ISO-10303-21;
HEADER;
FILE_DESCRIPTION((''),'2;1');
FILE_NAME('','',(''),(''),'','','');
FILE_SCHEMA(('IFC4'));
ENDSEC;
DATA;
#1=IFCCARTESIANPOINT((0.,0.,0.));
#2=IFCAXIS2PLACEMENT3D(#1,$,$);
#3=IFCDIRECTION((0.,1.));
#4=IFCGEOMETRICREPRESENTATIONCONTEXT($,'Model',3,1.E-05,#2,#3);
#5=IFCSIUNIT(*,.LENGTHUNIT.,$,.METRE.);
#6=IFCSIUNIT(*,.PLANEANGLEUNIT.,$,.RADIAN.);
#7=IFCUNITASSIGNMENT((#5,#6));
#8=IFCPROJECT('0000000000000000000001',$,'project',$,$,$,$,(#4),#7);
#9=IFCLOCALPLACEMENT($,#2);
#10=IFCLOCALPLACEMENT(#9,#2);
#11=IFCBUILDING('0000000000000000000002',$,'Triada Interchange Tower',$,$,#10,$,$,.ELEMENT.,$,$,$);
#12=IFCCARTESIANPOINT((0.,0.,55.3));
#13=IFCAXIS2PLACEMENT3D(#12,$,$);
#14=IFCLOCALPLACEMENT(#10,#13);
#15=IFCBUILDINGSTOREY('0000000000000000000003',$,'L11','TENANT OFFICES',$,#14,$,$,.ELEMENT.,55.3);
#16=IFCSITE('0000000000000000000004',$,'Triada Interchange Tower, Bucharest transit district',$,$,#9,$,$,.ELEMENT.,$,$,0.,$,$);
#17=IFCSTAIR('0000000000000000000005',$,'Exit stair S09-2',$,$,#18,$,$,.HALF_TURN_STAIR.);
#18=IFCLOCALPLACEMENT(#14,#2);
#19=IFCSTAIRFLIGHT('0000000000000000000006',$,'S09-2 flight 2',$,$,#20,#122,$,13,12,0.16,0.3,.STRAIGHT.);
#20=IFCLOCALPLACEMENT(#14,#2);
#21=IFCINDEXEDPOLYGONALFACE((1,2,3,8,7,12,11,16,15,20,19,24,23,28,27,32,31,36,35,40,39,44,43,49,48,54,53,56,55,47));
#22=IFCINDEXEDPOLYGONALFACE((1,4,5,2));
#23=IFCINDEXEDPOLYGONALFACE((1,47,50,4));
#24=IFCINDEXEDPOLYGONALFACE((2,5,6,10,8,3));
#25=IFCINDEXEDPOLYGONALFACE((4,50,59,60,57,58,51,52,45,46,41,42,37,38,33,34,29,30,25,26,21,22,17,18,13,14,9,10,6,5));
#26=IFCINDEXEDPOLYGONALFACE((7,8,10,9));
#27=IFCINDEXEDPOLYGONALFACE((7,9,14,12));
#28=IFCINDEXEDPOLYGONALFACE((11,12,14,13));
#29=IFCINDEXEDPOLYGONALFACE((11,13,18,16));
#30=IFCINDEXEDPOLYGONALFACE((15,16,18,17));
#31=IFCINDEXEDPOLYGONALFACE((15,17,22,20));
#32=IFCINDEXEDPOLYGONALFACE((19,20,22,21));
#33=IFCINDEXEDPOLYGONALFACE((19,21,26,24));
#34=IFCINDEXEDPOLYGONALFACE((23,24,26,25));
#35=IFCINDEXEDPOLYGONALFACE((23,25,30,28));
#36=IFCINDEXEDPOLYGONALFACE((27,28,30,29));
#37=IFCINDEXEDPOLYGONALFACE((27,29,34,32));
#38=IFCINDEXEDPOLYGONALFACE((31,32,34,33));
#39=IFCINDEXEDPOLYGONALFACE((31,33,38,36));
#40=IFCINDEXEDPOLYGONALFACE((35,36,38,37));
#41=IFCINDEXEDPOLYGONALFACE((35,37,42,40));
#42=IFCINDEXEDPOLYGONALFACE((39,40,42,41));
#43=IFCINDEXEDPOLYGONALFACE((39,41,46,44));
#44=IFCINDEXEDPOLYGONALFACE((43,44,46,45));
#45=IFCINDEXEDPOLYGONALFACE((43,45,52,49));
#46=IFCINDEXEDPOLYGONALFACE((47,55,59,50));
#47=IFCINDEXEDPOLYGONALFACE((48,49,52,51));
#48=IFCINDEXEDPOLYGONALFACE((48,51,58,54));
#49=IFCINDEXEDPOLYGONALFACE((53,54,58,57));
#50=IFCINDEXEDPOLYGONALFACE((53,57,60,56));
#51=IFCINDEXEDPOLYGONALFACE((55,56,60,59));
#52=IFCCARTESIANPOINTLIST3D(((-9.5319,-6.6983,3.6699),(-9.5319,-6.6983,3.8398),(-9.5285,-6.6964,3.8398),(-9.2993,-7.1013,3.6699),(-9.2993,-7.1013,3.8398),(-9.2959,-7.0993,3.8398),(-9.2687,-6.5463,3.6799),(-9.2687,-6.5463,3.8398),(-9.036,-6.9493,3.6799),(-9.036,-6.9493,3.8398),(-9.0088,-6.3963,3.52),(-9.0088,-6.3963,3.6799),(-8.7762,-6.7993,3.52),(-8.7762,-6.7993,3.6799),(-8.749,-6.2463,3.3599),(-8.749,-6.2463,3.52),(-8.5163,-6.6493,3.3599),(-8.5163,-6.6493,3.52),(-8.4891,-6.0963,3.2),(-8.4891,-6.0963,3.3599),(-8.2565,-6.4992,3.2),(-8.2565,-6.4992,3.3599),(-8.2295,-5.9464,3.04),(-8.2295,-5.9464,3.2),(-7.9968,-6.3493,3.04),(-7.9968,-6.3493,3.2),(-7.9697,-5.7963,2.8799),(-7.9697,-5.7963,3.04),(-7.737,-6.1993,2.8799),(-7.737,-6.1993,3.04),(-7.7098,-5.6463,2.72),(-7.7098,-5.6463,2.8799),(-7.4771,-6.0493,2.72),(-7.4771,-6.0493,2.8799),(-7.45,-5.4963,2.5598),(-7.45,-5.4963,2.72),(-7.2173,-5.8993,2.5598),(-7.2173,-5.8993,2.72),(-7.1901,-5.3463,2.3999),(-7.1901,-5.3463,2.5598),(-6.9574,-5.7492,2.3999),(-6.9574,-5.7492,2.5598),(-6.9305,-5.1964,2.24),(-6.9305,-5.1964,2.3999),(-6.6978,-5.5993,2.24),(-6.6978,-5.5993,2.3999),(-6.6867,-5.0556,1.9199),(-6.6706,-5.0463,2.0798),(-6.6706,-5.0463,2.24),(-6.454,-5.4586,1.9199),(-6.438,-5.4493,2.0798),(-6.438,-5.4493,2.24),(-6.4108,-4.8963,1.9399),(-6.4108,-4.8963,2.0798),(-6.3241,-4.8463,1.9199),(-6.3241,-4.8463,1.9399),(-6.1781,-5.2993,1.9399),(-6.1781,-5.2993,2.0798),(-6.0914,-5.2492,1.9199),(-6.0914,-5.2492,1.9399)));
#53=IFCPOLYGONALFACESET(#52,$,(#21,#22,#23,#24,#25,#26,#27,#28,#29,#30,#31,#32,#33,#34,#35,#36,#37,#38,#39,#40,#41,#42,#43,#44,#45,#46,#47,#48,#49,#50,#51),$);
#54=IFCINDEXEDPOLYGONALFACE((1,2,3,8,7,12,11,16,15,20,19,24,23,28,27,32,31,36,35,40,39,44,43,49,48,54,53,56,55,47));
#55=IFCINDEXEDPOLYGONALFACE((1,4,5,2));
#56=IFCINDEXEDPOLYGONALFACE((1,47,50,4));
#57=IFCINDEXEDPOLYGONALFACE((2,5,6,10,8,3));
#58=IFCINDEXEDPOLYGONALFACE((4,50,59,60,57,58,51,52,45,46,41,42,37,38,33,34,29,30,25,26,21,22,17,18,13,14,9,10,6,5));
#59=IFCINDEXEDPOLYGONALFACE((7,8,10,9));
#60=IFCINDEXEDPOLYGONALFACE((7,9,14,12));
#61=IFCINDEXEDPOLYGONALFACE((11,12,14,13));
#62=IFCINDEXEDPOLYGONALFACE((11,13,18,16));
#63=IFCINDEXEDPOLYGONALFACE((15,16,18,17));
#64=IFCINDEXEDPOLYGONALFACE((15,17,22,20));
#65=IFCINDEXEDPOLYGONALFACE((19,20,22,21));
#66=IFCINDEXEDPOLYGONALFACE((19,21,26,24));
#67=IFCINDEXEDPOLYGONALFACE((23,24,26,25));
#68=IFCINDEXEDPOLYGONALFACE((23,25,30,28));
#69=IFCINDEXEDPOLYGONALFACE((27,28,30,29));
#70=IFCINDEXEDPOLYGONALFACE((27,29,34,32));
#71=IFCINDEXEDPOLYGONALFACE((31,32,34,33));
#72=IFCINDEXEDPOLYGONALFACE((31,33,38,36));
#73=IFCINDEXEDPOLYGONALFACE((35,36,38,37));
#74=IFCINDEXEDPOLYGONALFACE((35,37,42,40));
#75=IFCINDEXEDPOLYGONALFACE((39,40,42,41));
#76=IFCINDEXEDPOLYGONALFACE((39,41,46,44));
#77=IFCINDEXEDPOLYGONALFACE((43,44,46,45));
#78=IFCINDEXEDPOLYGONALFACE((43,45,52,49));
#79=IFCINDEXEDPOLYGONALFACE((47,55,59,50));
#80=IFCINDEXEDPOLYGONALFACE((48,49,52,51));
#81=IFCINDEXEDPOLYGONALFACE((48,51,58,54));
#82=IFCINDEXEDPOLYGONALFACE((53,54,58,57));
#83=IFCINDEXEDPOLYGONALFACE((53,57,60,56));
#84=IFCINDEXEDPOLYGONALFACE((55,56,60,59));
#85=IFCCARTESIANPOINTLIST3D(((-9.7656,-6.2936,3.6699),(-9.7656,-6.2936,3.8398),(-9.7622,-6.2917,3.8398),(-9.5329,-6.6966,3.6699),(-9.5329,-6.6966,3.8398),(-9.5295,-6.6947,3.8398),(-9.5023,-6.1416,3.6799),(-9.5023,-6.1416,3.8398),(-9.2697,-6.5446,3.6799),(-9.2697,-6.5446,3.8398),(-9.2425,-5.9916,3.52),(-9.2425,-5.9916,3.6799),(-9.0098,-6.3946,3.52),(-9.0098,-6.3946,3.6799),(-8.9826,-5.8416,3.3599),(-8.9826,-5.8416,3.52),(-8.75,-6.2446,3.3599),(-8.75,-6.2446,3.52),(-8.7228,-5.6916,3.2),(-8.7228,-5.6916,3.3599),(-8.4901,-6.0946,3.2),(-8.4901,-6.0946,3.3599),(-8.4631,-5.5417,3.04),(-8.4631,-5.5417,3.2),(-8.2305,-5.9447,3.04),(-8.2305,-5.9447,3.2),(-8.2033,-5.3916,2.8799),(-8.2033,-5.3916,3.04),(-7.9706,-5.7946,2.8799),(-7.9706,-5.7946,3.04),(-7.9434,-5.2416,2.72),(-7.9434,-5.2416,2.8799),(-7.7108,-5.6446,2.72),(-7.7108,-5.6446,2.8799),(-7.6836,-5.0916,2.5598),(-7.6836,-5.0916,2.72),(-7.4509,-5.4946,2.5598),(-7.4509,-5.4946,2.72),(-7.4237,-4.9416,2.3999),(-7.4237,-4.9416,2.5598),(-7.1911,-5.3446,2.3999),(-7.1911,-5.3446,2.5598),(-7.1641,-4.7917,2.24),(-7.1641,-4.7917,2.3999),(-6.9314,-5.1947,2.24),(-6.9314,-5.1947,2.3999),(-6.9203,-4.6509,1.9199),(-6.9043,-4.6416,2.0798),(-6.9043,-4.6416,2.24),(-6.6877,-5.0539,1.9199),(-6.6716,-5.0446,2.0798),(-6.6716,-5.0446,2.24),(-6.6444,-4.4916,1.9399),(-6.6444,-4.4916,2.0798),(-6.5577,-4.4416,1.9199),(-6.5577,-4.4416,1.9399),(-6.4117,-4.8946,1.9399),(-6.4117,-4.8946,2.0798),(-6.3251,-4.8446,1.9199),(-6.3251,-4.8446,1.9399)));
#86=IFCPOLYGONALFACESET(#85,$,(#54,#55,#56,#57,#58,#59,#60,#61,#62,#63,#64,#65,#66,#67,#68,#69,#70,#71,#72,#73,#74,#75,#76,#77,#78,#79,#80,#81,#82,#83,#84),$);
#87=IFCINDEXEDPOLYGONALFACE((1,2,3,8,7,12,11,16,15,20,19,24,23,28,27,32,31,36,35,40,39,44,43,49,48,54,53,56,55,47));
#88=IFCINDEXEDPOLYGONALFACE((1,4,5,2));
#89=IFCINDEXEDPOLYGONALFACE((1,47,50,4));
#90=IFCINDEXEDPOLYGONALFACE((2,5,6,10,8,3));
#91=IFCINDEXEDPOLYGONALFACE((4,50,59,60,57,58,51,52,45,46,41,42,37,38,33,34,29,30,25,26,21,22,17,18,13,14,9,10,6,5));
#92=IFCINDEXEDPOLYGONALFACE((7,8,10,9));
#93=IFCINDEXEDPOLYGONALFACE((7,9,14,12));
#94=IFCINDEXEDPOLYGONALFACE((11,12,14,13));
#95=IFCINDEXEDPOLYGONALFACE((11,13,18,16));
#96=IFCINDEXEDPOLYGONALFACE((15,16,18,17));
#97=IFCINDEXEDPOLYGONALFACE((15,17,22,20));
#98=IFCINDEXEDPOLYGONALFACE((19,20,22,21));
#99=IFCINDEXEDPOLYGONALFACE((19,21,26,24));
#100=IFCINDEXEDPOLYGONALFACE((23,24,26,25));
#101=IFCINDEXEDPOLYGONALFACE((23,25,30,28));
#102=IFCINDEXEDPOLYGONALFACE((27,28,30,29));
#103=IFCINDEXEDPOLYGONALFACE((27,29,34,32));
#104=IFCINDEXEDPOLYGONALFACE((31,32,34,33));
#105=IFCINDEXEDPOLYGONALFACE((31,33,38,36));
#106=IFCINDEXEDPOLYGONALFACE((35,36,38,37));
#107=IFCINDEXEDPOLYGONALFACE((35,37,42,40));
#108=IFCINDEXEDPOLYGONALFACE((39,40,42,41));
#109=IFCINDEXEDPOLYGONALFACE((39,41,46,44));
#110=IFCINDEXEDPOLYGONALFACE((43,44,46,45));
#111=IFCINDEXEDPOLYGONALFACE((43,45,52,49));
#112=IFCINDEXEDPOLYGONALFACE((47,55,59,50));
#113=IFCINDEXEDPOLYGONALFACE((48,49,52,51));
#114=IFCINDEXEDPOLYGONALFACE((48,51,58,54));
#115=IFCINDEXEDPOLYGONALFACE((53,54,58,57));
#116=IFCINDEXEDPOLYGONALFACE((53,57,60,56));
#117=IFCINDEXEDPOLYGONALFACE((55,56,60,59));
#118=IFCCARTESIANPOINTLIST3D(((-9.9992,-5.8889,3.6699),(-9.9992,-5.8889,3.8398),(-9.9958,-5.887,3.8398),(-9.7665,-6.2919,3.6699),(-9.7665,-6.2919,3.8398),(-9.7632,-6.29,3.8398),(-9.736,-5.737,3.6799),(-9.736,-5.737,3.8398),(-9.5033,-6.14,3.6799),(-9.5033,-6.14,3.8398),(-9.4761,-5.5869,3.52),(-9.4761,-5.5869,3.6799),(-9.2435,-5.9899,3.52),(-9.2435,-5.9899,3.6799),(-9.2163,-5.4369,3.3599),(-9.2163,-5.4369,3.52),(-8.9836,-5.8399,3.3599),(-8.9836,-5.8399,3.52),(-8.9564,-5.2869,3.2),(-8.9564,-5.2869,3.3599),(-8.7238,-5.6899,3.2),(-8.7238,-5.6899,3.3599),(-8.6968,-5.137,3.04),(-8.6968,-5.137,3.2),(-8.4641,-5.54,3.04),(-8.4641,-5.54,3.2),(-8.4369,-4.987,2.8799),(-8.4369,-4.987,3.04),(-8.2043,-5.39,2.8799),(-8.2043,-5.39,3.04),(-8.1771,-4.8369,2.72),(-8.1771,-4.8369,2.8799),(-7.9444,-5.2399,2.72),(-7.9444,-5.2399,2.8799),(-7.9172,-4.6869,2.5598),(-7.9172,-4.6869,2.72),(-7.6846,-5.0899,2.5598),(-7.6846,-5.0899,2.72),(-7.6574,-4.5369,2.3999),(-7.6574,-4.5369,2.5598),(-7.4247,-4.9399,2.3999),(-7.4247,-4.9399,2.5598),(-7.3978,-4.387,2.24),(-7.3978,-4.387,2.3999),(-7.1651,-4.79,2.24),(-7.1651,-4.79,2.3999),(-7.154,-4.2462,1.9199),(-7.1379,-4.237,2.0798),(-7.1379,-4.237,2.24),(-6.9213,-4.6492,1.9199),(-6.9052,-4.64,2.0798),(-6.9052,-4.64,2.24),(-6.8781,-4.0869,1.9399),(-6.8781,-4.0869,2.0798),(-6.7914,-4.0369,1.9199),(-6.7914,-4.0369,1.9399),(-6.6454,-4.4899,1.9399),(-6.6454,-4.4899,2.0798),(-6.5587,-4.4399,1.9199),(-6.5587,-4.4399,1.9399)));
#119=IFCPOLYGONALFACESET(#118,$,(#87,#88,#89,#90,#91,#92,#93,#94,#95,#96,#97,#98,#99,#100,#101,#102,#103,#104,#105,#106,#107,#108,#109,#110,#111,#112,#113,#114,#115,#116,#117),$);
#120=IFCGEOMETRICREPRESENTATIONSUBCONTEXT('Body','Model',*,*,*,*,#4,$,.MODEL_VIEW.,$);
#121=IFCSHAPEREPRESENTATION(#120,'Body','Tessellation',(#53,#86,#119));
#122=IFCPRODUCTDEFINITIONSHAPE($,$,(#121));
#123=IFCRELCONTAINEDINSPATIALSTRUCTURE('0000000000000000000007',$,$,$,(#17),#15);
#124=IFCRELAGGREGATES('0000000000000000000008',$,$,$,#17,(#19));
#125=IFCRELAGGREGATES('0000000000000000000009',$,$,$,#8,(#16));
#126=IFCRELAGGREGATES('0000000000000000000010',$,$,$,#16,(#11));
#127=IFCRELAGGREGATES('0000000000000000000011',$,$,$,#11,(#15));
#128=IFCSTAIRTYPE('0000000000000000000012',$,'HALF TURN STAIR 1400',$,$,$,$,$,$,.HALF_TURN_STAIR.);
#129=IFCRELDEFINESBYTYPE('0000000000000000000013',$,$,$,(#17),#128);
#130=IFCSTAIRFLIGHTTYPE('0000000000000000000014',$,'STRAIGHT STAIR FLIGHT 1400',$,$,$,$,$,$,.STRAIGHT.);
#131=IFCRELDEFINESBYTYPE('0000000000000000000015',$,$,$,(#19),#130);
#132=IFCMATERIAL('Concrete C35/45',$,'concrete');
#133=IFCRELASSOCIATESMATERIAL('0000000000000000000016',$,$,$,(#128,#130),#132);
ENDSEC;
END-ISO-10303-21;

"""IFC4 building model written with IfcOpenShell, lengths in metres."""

from ifc_helpers import new_model, si_unit, direction, frame, origin, place, context, subcontext, project, spatial, polyline, outline, extrude, material, type_object, element, aggregate, save


model = new_model("IFC4")

# Units and contexts
model_context = context("Model", 3, precision=1e-05, world=origin(), true_north=direction((0.0, 1.0)))
body_context = subcontext(model_context, "Body", "Model", "MODEL_VIEW")
ifc_project = project(units=[si_unit("LENGTHUNIT", "METRE"), si_unit("PLANEANGLEUNIT", "RADIAN")], contexts=[model_context])

# Site, building, storey
site_placement = place(None, origin())
site = spatial("IfcSite", under=ifc_project, at=site_placement, Name="Triada Interchange Tower, Bucharest transit district", CompositionType="ELEMENT", RefElevation=0.0)
building_placement = place(site_placement, origin())
building = spatial("IfcBuilding", under=site, at=building_placement, Name="Triada Interchange Tower", CompositionType="ELEMENT")
storey_placement = place(building_placement, frame((0.0, 0.0, 55.3)))
storey = spatial("IfcBuildingStorey", under=building, at=storey_placement, Name="L11", Description="TENANT OFFICES", CompositionType="ELEMENT", Elevation=55.3)

# Stair, stair flight
ifc_material_1 = material(Name="Concrete C35/45", Category="concrete")
stair_type = type_object("IfcStairType", Name="HALF TURN STAIR 1400", PredefinedType="HALF_TURN_STAIR", material=ifc_material_1)
stair_placement = place(storey_placement, origin())
stair = element("IfcStair", 1, at=stair_placement, inside=storey, type_object=stair_type, Name="Exit stair S09-2", PredefinedType="HALF_TURN_STAIR")
stair_flight_type = type_object("IfcStairFlightType", Name="STRAIGHT STAIR FLIGHT 1400", PredefinedType="STRAIGHT", material=ifc_material_1)
stair_flight_1_placement = place(storey_placement, frame((-6.5281, -4.6931, 1.9199), z_axis=(0.0, 0.0, 1.0), x_axis=(-0.866025, -0.5, 0.0)))
stair_flight_1 = element("IfcStairFlight", 2, at=stair_flight_1_placement, type_object=stair_flight_type, Name="S09-2 flight 2", NumberOfRisers=13, NumberOfTreads=12, PredefinedType="STRAIGHT", RiserHeight=0.16, TreadLength=0.3, context=body_context, shape_type="SweptSolid", body=[
    extrude(outline(polyline([(-0.1001, 0.0), (-0.1001, 0.02), (0.0, 0.02), (0.0, 0.1599), (0.3, 0.1599), (0.3, 0.3201), (0.6001, 0.3201), (0.6001, 0.48), (0.8999, 0.48), (0.8999, 0.6399), (1.2, 0.6399), (1.2, 0.8), (1.5, 0.8), (1.5, 0.96), (1.8, 0.96), (1.8, 1.1201), (2.1001, 1.1201), (2.1001, 1.28), (2.3999, 1.28), (2.3999, 1.4399), (2.7, 1.4399), (2.7, 1.6001), (3.0, 1.6001), (3.0, 1.76), (3.3, 1.76), (3.3, 1.9199), (3.6001, 1.9199), (3.604, 1.9199), (3.604, 2.0801), (3.604, 1.75), (0.3186, 0.0), (-0.1001, 0.0)])), frame((0.0, 0.7, 0.0), z_axis=(0.0, -1.0, 0.0), x_axis=(1.0, 0.0, 0.0)), (0.0, 0.0, 1.0), 0.4653),
    extrude(outline(polyline([(-0.1001, 0.0), (-0.1001, 0.02), (0.0, 0.02), (0.0, 0.1599), (0.3, 0.1599), (0.3, 0.3201), (0.6001, 0.3201), (0.6001, 0.48), (0.8999, 0.48), (0.8999, 0.6399), (1.2, 0.6399), (1.2, 0.8), (1.5, 0.8), (1.5, 0.96), (1.8, 0.96), (1.8, 1.1201), (2.1001, 1.1201), (2.1001, 1.28), (2.3999, 1.28), (2.3999, 1.4399), (2.7, 1.4399), (2.7, 1.6001), (3.0, 1.6001), (3.0, 1.76), (3.3, 1.76), (3.3, 1.9199), (3.6001, 1.9199), (3.604, 1.9199), (3.604, 2.0801), (3.604, 1.75), (0.3186, 0.0), (-0.1001, 0.0)])), frame((0.0, 0.2327, 0.0), z_axis=(0.0, -1.0, 0.0), x_axis=(1.0, 0.0, 0.0)), (0.0, 0.0, 1.0), 0.4653),
    extrude(outline(polyline([(-0.1001, 0.0), (-0.1001, 0.02), (0.0, 0.02), (0.0, 0.1599), (0.3, 0.1599), (0.3, 0.3201), (0.6001, 0.3201), (0.6001, 0.48), (0.8999, 0.48), (0.8999, 0.6399), (1.2, 0.6399), (1.2, 0.8), (1.5, 0.8), (1.5, 0.96), (1.8, 0.96), (1.8, 1.1201), (2.1001, 1.1201), (2.1001, 1.28), (2.3999, 1.28), (2.3999, 1.4399), (2.7, 1.4399), (2.7, 1.6001), (3.0, 1.6001), (3.0, 1.76), (3.3, 1.76), (3.3, 1.9199), (3.6001, 1.9199), (3.604, 1.9199), (3.604, 2.0801), (3.604, 1.75), (0.3186, 0.0), (-0.1001, 0.0)])), frame((0.0, -0.2346, 0.0), z_axis=(0.0, -1.0, 0.0), x_axis=(1.0, 0.0, 0.0)), (0.0, 0.0, 1.0), 0.4653),
])
aggregate(stair, [stair_flight_1])

save(model, "model.ifc")
